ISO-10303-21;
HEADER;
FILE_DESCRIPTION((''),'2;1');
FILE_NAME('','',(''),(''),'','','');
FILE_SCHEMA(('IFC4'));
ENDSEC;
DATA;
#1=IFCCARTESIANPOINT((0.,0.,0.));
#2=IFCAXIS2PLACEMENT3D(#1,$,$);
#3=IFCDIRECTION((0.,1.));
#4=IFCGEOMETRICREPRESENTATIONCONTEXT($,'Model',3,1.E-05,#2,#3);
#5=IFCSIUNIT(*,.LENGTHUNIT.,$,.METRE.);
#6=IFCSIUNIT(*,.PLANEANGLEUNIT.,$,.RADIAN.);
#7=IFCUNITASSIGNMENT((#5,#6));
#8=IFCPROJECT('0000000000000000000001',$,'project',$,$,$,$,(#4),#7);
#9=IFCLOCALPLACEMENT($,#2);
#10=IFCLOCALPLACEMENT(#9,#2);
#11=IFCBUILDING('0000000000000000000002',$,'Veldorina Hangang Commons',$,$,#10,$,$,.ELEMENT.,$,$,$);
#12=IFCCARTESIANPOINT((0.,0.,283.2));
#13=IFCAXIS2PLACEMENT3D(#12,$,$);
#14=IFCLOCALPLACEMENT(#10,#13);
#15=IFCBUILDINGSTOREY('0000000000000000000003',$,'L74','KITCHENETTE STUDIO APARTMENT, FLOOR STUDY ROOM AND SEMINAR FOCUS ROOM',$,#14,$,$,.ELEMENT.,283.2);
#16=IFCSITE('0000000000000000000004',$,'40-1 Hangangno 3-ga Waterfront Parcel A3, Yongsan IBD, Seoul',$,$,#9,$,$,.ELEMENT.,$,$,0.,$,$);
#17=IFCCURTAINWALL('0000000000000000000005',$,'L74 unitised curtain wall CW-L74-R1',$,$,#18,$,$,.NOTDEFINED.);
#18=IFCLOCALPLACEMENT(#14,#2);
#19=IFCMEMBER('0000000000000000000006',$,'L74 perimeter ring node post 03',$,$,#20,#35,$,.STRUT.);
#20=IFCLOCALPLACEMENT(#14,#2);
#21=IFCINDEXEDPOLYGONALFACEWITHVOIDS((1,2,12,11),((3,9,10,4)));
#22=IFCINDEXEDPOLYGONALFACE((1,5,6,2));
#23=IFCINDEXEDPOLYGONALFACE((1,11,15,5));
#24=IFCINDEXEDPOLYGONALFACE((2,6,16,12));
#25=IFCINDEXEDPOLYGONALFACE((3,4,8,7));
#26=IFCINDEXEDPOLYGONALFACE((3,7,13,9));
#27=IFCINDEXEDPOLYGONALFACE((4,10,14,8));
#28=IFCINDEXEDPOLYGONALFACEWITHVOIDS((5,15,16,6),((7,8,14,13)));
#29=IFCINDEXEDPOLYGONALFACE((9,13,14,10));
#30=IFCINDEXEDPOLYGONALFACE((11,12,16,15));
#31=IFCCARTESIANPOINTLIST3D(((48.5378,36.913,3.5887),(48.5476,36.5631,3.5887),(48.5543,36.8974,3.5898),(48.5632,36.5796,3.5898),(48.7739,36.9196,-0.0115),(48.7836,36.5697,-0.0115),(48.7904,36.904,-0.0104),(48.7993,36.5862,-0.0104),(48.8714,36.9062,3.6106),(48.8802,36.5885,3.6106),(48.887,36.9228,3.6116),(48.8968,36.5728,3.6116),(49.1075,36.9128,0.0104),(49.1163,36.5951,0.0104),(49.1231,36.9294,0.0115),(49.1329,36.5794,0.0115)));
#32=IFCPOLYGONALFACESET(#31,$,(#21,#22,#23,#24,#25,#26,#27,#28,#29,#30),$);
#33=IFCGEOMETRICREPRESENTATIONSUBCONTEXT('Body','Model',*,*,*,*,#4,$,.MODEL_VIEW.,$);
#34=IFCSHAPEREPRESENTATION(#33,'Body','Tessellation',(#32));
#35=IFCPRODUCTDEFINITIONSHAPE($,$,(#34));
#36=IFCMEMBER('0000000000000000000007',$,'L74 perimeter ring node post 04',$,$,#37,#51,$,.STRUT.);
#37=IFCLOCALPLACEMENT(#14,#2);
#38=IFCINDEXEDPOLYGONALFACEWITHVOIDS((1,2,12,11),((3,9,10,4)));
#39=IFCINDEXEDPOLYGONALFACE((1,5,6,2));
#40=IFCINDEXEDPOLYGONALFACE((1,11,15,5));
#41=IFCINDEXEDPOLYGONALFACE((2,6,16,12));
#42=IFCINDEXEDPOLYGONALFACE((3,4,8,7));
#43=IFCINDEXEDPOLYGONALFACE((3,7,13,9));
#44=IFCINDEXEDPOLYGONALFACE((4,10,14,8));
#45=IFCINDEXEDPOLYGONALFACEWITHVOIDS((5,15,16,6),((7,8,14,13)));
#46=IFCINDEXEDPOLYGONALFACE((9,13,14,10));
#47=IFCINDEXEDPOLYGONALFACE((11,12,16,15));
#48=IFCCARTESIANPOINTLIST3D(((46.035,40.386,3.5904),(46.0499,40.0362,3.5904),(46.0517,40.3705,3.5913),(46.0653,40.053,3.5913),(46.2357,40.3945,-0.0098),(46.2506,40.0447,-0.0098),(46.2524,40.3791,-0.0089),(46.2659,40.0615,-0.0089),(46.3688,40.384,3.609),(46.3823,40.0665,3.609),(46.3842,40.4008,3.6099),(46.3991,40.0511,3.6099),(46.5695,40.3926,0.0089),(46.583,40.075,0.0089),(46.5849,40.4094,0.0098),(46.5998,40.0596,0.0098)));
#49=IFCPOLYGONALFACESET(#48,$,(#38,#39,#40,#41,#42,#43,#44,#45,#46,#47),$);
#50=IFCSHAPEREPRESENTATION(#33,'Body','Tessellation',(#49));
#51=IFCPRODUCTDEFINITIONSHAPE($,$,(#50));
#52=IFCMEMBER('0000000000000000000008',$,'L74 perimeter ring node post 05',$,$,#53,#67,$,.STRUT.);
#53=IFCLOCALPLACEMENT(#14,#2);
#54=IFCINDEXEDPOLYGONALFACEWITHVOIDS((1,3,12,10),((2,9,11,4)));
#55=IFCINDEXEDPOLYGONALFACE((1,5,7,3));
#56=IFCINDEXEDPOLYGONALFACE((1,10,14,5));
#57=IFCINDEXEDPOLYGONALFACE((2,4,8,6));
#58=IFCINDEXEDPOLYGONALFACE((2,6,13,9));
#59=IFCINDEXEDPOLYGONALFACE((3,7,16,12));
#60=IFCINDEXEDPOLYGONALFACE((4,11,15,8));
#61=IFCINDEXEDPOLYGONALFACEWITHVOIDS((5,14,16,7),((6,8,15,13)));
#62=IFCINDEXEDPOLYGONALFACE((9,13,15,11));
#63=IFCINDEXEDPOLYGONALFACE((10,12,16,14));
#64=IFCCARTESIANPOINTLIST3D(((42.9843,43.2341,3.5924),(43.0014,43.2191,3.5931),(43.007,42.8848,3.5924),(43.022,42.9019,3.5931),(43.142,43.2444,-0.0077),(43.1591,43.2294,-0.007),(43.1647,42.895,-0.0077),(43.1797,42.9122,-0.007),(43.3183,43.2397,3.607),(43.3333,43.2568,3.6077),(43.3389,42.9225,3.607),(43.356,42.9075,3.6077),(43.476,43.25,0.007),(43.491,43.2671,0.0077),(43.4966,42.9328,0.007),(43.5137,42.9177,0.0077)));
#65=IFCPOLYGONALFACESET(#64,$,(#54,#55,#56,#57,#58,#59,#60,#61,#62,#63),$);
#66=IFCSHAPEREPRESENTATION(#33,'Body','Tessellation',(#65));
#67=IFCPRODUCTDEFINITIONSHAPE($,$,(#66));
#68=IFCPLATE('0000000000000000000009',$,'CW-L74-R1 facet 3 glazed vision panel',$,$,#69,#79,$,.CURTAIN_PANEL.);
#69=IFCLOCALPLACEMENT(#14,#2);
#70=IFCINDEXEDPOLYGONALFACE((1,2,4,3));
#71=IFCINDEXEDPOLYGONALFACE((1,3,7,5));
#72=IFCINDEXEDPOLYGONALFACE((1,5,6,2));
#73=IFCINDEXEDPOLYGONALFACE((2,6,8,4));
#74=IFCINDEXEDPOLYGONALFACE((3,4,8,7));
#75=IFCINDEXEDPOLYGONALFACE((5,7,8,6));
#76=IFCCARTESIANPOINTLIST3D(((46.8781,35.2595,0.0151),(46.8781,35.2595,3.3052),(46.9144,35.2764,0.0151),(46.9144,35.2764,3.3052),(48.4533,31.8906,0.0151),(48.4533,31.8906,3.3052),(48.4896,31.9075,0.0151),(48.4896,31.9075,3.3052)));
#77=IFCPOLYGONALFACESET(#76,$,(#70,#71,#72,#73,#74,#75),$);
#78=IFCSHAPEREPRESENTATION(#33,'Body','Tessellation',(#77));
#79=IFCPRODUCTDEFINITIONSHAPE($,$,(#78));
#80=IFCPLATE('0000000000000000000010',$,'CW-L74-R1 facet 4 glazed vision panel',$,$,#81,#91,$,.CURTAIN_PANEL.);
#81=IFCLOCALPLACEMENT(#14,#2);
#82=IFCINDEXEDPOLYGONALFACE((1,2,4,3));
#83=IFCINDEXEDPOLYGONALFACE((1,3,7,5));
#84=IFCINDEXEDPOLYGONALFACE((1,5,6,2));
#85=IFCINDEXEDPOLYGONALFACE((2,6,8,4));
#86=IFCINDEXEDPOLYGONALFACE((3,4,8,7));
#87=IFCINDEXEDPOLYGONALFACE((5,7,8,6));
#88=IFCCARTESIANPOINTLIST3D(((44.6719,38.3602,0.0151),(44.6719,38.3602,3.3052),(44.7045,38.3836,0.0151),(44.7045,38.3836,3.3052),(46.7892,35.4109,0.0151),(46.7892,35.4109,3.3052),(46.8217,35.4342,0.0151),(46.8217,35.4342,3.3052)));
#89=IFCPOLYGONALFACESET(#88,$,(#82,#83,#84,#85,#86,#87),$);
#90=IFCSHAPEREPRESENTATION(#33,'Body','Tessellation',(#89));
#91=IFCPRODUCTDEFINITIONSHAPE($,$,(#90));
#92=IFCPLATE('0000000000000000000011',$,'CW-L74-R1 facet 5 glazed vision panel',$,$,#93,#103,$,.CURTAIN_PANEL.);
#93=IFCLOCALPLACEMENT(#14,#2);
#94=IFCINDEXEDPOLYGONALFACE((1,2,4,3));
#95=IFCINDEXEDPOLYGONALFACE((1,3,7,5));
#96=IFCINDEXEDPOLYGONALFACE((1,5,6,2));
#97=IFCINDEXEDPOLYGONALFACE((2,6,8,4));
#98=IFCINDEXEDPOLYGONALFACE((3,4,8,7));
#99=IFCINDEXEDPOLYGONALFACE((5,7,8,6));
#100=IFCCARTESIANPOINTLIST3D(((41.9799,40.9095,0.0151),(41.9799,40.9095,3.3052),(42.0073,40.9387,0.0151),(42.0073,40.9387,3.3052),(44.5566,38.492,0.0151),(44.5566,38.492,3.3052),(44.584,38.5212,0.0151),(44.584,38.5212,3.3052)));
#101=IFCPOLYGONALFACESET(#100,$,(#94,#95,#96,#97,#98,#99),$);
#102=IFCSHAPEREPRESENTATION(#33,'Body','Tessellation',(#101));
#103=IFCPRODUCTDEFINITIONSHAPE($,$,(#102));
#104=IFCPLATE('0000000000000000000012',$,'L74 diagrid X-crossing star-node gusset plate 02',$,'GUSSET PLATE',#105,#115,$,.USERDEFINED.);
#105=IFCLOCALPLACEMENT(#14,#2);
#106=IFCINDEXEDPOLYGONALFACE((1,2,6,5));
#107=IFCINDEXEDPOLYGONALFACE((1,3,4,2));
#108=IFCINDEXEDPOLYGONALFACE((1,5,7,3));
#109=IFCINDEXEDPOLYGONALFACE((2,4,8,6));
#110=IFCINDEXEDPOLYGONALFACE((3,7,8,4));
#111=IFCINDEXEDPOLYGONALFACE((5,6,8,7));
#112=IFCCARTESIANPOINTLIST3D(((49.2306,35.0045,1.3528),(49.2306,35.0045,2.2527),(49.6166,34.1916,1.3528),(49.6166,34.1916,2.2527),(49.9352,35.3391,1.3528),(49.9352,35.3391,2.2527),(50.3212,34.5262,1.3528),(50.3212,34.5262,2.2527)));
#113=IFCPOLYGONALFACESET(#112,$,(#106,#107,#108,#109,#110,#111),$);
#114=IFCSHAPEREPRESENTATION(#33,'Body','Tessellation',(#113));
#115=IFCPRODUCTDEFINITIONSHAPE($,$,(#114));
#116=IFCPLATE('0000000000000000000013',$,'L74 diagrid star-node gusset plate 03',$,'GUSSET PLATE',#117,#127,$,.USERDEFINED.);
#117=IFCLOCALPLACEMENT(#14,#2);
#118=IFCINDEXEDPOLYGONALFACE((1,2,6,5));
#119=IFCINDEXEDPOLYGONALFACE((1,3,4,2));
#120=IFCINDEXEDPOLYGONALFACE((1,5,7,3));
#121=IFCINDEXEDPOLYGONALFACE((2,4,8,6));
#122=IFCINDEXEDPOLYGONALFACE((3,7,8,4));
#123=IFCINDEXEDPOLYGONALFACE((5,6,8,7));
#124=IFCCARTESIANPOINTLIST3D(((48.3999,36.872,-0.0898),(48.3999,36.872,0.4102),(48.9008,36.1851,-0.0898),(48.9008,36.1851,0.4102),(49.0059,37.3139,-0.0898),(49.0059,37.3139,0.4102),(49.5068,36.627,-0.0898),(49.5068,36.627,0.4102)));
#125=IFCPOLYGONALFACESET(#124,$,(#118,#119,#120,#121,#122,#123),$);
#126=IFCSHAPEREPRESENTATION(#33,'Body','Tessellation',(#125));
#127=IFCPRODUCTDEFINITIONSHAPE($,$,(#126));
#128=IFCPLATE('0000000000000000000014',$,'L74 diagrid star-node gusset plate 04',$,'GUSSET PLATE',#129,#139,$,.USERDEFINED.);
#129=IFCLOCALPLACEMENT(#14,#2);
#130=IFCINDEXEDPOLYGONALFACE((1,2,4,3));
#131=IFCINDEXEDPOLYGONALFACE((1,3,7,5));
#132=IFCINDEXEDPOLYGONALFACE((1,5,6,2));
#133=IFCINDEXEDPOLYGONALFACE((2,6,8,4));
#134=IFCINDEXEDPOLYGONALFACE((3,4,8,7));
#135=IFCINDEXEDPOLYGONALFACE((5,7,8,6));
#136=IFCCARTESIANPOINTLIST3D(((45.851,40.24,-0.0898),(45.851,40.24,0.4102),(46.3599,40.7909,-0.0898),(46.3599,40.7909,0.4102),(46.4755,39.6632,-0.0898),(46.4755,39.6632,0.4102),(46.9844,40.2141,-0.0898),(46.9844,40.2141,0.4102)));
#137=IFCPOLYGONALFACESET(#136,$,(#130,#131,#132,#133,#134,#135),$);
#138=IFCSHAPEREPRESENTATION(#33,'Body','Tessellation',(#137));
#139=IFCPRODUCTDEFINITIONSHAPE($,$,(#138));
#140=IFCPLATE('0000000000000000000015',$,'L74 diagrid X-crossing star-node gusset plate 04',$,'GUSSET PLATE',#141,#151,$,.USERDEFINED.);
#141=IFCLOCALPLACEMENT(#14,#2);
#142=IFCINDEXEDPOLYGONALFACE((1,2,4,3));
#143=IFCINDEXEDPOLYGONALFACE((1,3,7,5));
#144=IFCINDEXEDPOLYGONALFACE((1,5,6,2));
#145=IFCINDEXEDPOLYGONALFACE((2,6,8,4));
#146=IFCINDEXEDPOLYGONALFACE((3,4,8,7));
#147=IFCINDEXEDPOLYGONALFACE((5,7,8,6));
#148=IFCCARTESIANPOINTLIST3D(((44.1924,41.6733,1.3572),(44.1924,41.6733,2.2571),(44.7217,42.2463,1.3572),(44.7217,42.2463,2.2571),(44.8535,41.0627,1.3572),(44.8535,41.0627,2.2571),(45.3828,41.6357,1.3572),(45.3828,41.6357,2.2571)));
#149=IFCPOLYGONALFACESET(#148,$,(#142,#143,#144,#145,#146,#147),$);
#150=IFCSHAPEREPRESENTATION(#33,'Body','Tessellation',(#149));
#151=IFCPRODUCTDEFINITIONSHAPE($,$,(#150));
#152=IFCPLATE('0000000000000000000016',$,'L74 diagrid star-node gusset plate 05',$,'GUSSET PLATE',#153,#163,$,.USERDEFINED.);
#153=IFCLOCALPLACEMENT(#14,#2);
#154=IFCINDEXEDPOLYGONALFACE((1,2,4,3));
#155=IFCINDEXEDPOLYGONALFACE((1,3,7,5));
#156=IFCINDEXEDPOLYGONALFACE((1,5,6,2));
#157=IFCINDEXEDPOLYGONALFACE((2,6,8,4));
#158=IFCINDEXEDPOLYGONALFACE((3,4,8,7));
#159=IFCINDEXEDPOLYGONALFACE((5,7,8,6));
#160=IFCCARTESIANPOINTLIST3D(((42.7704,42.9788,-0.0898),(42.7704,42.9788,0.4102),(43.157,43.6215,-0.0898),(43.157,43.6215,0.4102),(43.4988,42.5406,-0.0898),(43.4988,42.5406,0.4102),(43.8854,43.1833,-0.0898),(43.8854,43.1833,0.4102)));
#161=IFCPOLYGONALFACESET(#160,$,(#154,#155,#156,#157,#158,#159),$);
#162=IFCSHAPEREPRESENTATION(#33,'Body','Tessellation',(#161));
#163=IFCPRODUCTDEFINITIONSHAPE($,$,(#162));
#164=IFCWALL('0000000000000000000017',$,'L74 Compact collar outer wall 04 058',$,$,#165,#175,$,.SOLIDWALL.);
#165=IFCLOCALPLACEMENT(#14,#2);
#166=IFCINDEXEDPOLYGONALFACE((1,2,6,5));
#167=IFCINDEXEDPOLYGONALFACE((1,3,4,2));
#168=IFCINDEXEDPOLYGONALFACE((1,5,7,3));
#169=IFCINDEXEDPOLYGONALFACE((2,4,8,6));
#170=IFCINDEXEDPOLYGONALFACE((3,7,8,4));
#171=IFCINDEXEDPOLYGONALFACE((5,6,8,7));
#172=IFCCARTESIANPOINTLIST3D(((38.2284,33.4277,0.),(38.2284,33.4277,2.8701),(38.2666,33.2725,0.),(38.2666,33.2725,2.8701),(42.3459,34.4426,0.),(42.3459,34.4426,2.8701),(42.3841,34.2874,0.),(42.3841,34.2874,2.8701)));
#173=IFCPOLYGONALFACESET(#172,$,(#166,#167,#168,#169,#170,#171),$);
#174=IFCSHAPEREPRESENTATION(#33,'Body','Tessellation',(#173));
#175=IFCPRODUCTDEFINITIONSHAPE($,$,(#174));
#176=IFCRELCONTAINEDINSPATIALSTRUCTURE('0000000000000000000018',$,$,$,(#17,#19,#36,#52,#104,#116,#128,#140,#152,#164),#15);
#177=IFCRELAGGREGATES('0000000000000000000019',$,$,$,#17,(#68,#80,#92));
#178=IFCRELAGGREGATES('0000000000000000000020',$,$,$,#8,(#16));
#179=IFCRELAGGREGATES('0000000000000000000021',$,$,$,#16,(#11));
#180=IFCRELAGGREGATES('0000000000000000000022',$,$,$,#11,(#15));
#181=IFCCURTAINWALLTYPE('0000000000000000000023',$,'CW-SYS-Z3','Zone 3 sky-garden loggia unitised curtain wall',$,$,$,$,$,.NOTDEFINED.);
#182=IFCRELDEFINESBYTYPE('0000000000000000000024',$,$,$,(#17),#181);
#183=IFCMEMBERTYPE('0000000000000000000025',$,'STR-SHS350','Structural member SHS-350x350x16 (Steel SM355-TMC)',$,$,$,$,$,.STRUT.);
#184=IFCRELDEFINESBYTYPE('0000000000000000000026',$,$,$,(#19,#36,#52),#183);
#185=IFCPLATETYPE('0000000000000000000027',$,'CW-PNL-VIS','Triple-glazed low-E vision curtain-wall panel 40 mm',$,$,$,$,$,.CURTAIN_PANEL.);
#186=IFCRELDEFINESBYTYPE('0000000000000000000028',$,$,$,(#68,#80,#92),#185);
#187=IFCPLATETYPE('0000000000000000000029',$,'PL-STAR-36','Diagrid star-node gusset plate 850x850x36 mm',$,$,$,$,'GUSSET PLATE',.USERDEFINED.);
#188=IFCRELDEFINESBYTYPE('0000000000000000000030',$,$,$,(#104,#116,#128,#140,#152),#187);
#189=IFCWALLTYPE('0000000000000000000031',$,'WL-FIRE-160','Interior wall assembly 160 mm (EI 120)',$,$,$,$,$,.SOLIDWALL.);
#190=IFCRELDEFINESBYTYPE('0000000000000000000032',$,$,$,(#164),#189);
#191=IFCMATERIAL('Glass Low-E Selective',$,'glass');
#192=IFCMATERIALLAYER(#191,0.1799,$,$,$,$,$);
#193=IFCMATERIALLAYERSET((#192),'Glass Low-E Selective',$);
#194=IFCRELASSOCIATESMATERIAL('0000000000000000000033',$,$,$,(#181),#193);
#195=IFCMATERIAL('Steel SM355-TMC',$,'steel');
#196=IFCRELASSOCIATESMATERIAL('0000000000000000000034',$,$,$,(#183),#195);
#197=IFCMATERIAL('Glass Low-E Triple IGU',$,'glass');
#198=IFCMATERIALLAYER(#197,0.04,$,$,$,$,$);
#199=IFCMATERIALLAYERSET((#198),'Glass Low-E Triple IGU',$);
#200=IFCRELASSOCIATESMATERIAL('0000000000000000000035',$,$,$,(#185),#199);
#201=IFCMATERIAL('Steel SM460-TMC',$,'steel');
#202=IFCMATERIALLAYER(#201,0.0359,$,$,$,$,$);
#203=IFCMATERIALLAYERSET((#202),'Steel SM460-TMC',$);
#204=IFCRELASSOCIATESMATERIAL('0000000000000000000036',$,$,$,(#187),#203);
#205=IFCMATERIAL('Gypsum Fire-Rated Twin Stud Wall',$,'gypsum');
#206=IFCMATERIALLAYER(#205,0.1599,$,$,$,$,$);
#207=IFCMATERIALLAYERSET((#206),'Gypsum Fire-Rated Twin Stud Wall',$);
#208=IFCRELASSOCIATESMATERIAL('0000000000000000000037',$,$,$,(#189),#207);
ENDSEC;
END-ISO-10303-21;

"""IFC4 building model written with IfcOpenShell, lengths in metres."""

from ifc_helpers import new_model, si_unit, direction, frame, frame_2d, origin, origin_2d, place, context, subcontext, project, spatial, rectangle, hollow_rectangle, extrude, material, layer, layer_set, material_profile, profile_set, type_object, element, aggregate, save


model = new_model("IFC4")

# Units and contexts
model_context = context("Model", 3, precision=1e-05, world=origin(), true_north=direction((0.0, 1.0)))
body_context = subcontext(model_context, "Body", "Model", "MODEL_VIEW")
ifc_project = project(units=[si_unit("LENGTHUNIT", "METRE"), si_unit("PLANEANGLEUNIT", "RADIAN")], contexts=[model_context])

# Site, building, storey
site_placement = place(None, origin())
site = spatial("IfcSite", under=ifc_project, at=site_placement, Name="40-1 Hangangno 3-ga Waterfront Parcel A3, Yongsan IBD, Seoul", CompositionType="ELEMENT", RefElevation=0.0)
building_placement = place(site_placement, origin())
building = spatial("IfcBuilding", under=site, at=building_placement, Name="Veldorina Hangang Commons", CompositionType="ELEMENT")
storey_placement = place(building_placement, frame((0.0, 0.0, 283.2)))
storey = spatial("IfcBuildingStorey", under=building, at=storey_placement, Name="L74", Description="KITCHENETTE STUDIO APARTMENT, FLOOR STUDY ROOM AND SEMINAR FOCUS ROOM", CompositionType="ELEMENT", Elevation=283.2)

# Shared definitions
ifc_material_1 = material(Name="Steel SM355-TMC", Category="steel")

# Curtain wall
ifc_material_2 = material(Name="Glass Low-E Selective", Category="glass")
ifc_layer_1 = layer(ifc_material_2, 0.1799)
ifc_layer_set_1 = layer_set([ifc_layer_1], Name="Glass Low-E Selective")
curtain_wall_type = type_object("IfcCurtainWallType", Name="CW-SYS-Z3", Description="Zone 3 sky-garden loggia unitised curtain wall", PredefinedType="NOTDEFINED", material=ifc_layer_set_1)
curtain_wall_placement = place(storey_placement, origin())
curtain_wall = element("IfcCurtainWall", 1, at=curtain_wall_placement, inside=storey, type_object=curtain_wall_type, Name="L74 unitised curtain wall CW-L74-R1", PredefinedType="NOTDEFINED")

# Members
ifc_material_profile_1 = material_profile(ifc_material_1, hollow_rectangle(XDim=0.3501, YDim=0.3501, WallThickness=0.0161, at=origin_2d()), Name="SHS-350x350x16")
ifc_profile_set_1 = profile_set([ifc_material_profile_1], Name="Steel SM355-TMC")
member_type_1 = type_object("IfcMemberType", Name="STR-SHS350", Description="Structural member SHS-350x350x16 (Steel SM355-TMC)", PredefinedType="STRUT", material=ifc_profile_set_1)
member_1_placement = place(storey_placement, frame((48.9534, 36.7495, 0.0), z_axis=(-0.065436, -0.001827, 0.997855), x_axis=(0.027911, -0.99961, 0.0)))
element("IfcMember", 2, at=member_1_placement, inside=storey, type_object=member_type_1, Name="L74 perimeter ring node post 03", PredefinedType="STRUT", context=body_context, shape_type="SweptSolid", body=[
    extrude(hollow_rectangle(XDim=0.3501, YDim=0.3501, WallThickness=0.0161, at=origin_2d()), origin(), (0.0, 0.0, 1.0), 3.6079),
])
member_2_placement = place(storey_placement, frame((46.4177, 40.2271, 0.0), z_axis=(-0.055657, -0.00237, 0.998447), x_axis=(0.042541, -0.999095, 0.0)))
element("IfcMember", 3, at=member_2_placement, inside=storey, type_object=member_type_1, Name="L74 perimeter ring node post 04", PredefinedType="STRUT", context=body_context, shape_type="SweptSolid", body=[
    extrude(hollow_rectangle(XDim=0.3501, YDim=0.3501, WallThickness=0.0161, at=origin_2d()), origin(), (0.0, 0.0, 1.0), 3.6057),
])
member_3_placement = place(storey_placement, frame((43.3279, 43.0811, 0.0), z_axis=(-0.043766, -0.002845, 0.999038), x_axis=(0.064879, -0.997893, 0.0)))
element("IfcMember", 4, at=member_3_placement, inside=storey, type_object=member_type_1, Name="L74 perimeter ring node post 05", PredefinedType="STRUT", context=body_context, shape_type="SweptSolid", body=[
    extrude(hollow_rectangle(XDim=0.3501, YDim=0.3501, WallThickness=0.0161, at=origin_2d()), origin(), (0.0, 0.0, 1.0), 3.6035),
])

# Plates
ifc_material_3 = material(Name="Glass Low-E Triple IGU", Category="glass")
ifc_layer_2 = layer(ifc_material_3, 0.04)
ifc_layer_set_2 = layer_set([ifc_layer_2], Name="Glass Low-E Triple IGU")
plate_type_1 = type_object("IfcPlateType", Name="CW-PNL-VIS", Description="Triple-glazed low-E vision curtain-wall panel 40 mm", PredefinedType="CURTAIN_PANEL", material=ifc_layer_set_2)
plate_1_placement = place(storey_placement, frame((47.6838, 33.5835, 0.0151), z_axis=(0.0, 0.0, 1.0), x_axis=(-0.423551, 0.905872, 0.0)))
plate_1 = element("IfcPlate", 5, at=plate_1_placement, type_object=plate_type_1, Name="CW-L74-R1 facet 3 glazed vision panel", PredefinedType="CURTAIN_PANEL", context=body_context, shape_type="SweptSolid", body=[
    extrude(rectangle(XDim=3.719, YDim=0.04, at=origin_2d()), origin(), (0.0, 0.0, 1.0), 3.29),
])
plate_2_placement = place(storey_placement, frame((45.7468, 36.8972, 0.0151), z_axis=(0.0, 0.0, 1.0), x_axis=(-0.583173, 0.812348, 0.0)))
plate_2 = element("IfcPlate", 6, at=plate_2_placement, type_object=plate_type_1, Name="CW-L74-R1 facet 4 glazed vision panel", PredefinedType="CURTAIN_PANEL", context=body_context, shape_type="SweptSolid", body=[
    extrude(rectangle(XDim=3.6306, YDim=0.04, at=origin_2d()), origin(), (0.0, 0.0, 1.0), 3.29),
])
plate_3_placement = place(storey_placement, frame((43.282, 39.7153, 0.0151), z_axis=(0.0, 0.0, 1.0), x_axis=(-0.729279, 0.684216, 0.0)))
plate_3 = element("IfcPlate", 7, at=plate_3_placement, type_object=plate_type_1, Name="CW-L74-R1 facet 5 glazed vision panel", PredefinedType="CURTAIN_PANEL", context=body_context, shape_type="SweptSolid", body=[
    extrude(rectangle(XDim=3.5332, YDim=0.04, at=origin_2d()), origin(), (0.0, 0.0, 1.0), 3.29),
])
aggregate(curtain_wall, [plate_1, plate_2, plate_3])

# Plates
ifc_material_4 = material(Name="Steel SM460-TMC", Category="steel")
ifc_layer_3 = layer(ifc_material_4, 0.0359)
ifc_layer_set_3 = layer_set([ifc_layer_3], Name="Steel SM460-TMC")
plate_type_2 = type_object("IfcPlateType", Name="PL-STAR-36", Description="Diagrid star-node gusset plate 850x850x36 mm", ElementType="GUSSET PLATE", PredefinedType="USERDEFINED", material=ifc_layer_set_3)
plate_4_placement = place(storey_placement, frame((49.7759, 34.7654, 1.3528), z_axis=(0.0, 0.0, 1.0), x_axis=(-0.428982, 0.903313, 0.0)))
element("IfcPlate", 8, at=plate_4_placement, inside=storey, type_object=plate_type_2, Name="L74 diagrid X-crossing star-node gusset plate 02", ObjectType="GUSSET PLATE", PredefinedType="USERDEFINED", context=body_context, shape_type="SweptSolid", body=[
    extrude(rectangle(XDim=0.8999, YDim=0.78, at=origin_2d()), origin(), (0.0, 0.0, 1.0), 0.8999),
])
for number, where, z_axis, x_axis, name in (
    (9, (48.9534, 36.7495, -0.0898), (0.0, 0.0, 1.0), (-0.589182, 0.808, 0.0), "L74 diagrid star-node gusset plate 03"),
    (10, (46.4177, 40.2271, -0.0898), (0.0, 0.0, 1.0), (-0.734583, 0.678519, 0.0), "L74 diagrid star-node gusset plate 04"),
):
    element("IfcPlate", number, at=place(storey_placement, frame(where, z_axis=z_axis, x_axis=x_axis)), inside=storey, type_object=plate_type_2, Name=name, ObjectType="GUSSET PLATE", PredefinedType="USERDEFINED", context=body_context, shape_type="SweptSolid", body=[
        extrude(rectangle(XDim=0.8501, YDim=0.75, at=origin_2d()), origin(), (0.0, 0.0, 1.0), 0.5),
    ])
plate_5_placement = place(storey_placement, frame((44.7876, 41.6545, 1.3572), z_axis=(0.0, 0.0, 1.0), x_axis=(-0.734583, 0.678519, 0.0)))
element("IfcPlate", 11, at=plate_5_placement, inside=storey, type_object=plate_type_2, Name="L74 diagrid X-crossing star-node gusset plate 04", ObjectType="GUSSET PLATE", PredefinedType="USERDEFINED", context=body_context, shape_type="SweptSolid", body=[
    extrude(rectangle(XDim=0.8999, YDim=0.78, at=origin_2d()), origin(), (0.0, 0.0, 1.0), 0.8999),
])
plate_6_placement = place(storey_placement, frame((43.3279, 43.0811, -0.0898), z_axis=(0.0, 0.0, 1.0), x_axis=(-0.856898, 0.515487, 0.0)))
element("IfcPlate", 12, at=plate_6_placement, inside=storey, type_object=plate_type_2, Name="L74 diagrid star-node gusset plate 05", ObjectType="GUSSET PLATE", PredefinedType="USERDEFINED", context=body_context, shape_type="SweptSolid", body=[
    extrude(rectangle(XDim=0.8501, YDim=0.75, at=origin_2d()), origin(), (0.0, 0.0, 1.0), 0.5),
])

# Wall
ifc_material_5 = material(Name="Gypsum Fire-Rated Twin Stud Wall", Category="gypsum")
ifc_layer_4 = layer(ifc_material_5, 0.1599)
ifc_layer_set_4 = layer_set([ifc_layer_4], Name="Gypsum Fire-Rated Twin Stud Wall")
wall_type = type_object("IfcWallType", Name="WL-FIRE-160", Description="Interior wall assembly 160 mm (EI 120)", PredefinedType="SOLIDWALL", material=ifc_layer_set_4)
wall_placement = place(storey_placement, frame((42.365, 34.365, 0.0), z_axis=(0.0, 0.0, 1.0), x_axis=(-0.97094, -0.239324, 0.0)))
element("IfcWall", 13, at=wall_placement, inside=storey, type_object=wall_type, Name="L74 Compact collar outer wall 04 058", PredefinedType="SOLIDWALL", context=body_context, shape_type="SweptSolid", body=[
    extrude(rectangle(XDim=4.2407, YDim=0.1599, at=frame_2d((2.1204, 0.0))), origin(), (0.0, 0.0, 1.0), 2.8701),
])

save(model, "model.ifc")
